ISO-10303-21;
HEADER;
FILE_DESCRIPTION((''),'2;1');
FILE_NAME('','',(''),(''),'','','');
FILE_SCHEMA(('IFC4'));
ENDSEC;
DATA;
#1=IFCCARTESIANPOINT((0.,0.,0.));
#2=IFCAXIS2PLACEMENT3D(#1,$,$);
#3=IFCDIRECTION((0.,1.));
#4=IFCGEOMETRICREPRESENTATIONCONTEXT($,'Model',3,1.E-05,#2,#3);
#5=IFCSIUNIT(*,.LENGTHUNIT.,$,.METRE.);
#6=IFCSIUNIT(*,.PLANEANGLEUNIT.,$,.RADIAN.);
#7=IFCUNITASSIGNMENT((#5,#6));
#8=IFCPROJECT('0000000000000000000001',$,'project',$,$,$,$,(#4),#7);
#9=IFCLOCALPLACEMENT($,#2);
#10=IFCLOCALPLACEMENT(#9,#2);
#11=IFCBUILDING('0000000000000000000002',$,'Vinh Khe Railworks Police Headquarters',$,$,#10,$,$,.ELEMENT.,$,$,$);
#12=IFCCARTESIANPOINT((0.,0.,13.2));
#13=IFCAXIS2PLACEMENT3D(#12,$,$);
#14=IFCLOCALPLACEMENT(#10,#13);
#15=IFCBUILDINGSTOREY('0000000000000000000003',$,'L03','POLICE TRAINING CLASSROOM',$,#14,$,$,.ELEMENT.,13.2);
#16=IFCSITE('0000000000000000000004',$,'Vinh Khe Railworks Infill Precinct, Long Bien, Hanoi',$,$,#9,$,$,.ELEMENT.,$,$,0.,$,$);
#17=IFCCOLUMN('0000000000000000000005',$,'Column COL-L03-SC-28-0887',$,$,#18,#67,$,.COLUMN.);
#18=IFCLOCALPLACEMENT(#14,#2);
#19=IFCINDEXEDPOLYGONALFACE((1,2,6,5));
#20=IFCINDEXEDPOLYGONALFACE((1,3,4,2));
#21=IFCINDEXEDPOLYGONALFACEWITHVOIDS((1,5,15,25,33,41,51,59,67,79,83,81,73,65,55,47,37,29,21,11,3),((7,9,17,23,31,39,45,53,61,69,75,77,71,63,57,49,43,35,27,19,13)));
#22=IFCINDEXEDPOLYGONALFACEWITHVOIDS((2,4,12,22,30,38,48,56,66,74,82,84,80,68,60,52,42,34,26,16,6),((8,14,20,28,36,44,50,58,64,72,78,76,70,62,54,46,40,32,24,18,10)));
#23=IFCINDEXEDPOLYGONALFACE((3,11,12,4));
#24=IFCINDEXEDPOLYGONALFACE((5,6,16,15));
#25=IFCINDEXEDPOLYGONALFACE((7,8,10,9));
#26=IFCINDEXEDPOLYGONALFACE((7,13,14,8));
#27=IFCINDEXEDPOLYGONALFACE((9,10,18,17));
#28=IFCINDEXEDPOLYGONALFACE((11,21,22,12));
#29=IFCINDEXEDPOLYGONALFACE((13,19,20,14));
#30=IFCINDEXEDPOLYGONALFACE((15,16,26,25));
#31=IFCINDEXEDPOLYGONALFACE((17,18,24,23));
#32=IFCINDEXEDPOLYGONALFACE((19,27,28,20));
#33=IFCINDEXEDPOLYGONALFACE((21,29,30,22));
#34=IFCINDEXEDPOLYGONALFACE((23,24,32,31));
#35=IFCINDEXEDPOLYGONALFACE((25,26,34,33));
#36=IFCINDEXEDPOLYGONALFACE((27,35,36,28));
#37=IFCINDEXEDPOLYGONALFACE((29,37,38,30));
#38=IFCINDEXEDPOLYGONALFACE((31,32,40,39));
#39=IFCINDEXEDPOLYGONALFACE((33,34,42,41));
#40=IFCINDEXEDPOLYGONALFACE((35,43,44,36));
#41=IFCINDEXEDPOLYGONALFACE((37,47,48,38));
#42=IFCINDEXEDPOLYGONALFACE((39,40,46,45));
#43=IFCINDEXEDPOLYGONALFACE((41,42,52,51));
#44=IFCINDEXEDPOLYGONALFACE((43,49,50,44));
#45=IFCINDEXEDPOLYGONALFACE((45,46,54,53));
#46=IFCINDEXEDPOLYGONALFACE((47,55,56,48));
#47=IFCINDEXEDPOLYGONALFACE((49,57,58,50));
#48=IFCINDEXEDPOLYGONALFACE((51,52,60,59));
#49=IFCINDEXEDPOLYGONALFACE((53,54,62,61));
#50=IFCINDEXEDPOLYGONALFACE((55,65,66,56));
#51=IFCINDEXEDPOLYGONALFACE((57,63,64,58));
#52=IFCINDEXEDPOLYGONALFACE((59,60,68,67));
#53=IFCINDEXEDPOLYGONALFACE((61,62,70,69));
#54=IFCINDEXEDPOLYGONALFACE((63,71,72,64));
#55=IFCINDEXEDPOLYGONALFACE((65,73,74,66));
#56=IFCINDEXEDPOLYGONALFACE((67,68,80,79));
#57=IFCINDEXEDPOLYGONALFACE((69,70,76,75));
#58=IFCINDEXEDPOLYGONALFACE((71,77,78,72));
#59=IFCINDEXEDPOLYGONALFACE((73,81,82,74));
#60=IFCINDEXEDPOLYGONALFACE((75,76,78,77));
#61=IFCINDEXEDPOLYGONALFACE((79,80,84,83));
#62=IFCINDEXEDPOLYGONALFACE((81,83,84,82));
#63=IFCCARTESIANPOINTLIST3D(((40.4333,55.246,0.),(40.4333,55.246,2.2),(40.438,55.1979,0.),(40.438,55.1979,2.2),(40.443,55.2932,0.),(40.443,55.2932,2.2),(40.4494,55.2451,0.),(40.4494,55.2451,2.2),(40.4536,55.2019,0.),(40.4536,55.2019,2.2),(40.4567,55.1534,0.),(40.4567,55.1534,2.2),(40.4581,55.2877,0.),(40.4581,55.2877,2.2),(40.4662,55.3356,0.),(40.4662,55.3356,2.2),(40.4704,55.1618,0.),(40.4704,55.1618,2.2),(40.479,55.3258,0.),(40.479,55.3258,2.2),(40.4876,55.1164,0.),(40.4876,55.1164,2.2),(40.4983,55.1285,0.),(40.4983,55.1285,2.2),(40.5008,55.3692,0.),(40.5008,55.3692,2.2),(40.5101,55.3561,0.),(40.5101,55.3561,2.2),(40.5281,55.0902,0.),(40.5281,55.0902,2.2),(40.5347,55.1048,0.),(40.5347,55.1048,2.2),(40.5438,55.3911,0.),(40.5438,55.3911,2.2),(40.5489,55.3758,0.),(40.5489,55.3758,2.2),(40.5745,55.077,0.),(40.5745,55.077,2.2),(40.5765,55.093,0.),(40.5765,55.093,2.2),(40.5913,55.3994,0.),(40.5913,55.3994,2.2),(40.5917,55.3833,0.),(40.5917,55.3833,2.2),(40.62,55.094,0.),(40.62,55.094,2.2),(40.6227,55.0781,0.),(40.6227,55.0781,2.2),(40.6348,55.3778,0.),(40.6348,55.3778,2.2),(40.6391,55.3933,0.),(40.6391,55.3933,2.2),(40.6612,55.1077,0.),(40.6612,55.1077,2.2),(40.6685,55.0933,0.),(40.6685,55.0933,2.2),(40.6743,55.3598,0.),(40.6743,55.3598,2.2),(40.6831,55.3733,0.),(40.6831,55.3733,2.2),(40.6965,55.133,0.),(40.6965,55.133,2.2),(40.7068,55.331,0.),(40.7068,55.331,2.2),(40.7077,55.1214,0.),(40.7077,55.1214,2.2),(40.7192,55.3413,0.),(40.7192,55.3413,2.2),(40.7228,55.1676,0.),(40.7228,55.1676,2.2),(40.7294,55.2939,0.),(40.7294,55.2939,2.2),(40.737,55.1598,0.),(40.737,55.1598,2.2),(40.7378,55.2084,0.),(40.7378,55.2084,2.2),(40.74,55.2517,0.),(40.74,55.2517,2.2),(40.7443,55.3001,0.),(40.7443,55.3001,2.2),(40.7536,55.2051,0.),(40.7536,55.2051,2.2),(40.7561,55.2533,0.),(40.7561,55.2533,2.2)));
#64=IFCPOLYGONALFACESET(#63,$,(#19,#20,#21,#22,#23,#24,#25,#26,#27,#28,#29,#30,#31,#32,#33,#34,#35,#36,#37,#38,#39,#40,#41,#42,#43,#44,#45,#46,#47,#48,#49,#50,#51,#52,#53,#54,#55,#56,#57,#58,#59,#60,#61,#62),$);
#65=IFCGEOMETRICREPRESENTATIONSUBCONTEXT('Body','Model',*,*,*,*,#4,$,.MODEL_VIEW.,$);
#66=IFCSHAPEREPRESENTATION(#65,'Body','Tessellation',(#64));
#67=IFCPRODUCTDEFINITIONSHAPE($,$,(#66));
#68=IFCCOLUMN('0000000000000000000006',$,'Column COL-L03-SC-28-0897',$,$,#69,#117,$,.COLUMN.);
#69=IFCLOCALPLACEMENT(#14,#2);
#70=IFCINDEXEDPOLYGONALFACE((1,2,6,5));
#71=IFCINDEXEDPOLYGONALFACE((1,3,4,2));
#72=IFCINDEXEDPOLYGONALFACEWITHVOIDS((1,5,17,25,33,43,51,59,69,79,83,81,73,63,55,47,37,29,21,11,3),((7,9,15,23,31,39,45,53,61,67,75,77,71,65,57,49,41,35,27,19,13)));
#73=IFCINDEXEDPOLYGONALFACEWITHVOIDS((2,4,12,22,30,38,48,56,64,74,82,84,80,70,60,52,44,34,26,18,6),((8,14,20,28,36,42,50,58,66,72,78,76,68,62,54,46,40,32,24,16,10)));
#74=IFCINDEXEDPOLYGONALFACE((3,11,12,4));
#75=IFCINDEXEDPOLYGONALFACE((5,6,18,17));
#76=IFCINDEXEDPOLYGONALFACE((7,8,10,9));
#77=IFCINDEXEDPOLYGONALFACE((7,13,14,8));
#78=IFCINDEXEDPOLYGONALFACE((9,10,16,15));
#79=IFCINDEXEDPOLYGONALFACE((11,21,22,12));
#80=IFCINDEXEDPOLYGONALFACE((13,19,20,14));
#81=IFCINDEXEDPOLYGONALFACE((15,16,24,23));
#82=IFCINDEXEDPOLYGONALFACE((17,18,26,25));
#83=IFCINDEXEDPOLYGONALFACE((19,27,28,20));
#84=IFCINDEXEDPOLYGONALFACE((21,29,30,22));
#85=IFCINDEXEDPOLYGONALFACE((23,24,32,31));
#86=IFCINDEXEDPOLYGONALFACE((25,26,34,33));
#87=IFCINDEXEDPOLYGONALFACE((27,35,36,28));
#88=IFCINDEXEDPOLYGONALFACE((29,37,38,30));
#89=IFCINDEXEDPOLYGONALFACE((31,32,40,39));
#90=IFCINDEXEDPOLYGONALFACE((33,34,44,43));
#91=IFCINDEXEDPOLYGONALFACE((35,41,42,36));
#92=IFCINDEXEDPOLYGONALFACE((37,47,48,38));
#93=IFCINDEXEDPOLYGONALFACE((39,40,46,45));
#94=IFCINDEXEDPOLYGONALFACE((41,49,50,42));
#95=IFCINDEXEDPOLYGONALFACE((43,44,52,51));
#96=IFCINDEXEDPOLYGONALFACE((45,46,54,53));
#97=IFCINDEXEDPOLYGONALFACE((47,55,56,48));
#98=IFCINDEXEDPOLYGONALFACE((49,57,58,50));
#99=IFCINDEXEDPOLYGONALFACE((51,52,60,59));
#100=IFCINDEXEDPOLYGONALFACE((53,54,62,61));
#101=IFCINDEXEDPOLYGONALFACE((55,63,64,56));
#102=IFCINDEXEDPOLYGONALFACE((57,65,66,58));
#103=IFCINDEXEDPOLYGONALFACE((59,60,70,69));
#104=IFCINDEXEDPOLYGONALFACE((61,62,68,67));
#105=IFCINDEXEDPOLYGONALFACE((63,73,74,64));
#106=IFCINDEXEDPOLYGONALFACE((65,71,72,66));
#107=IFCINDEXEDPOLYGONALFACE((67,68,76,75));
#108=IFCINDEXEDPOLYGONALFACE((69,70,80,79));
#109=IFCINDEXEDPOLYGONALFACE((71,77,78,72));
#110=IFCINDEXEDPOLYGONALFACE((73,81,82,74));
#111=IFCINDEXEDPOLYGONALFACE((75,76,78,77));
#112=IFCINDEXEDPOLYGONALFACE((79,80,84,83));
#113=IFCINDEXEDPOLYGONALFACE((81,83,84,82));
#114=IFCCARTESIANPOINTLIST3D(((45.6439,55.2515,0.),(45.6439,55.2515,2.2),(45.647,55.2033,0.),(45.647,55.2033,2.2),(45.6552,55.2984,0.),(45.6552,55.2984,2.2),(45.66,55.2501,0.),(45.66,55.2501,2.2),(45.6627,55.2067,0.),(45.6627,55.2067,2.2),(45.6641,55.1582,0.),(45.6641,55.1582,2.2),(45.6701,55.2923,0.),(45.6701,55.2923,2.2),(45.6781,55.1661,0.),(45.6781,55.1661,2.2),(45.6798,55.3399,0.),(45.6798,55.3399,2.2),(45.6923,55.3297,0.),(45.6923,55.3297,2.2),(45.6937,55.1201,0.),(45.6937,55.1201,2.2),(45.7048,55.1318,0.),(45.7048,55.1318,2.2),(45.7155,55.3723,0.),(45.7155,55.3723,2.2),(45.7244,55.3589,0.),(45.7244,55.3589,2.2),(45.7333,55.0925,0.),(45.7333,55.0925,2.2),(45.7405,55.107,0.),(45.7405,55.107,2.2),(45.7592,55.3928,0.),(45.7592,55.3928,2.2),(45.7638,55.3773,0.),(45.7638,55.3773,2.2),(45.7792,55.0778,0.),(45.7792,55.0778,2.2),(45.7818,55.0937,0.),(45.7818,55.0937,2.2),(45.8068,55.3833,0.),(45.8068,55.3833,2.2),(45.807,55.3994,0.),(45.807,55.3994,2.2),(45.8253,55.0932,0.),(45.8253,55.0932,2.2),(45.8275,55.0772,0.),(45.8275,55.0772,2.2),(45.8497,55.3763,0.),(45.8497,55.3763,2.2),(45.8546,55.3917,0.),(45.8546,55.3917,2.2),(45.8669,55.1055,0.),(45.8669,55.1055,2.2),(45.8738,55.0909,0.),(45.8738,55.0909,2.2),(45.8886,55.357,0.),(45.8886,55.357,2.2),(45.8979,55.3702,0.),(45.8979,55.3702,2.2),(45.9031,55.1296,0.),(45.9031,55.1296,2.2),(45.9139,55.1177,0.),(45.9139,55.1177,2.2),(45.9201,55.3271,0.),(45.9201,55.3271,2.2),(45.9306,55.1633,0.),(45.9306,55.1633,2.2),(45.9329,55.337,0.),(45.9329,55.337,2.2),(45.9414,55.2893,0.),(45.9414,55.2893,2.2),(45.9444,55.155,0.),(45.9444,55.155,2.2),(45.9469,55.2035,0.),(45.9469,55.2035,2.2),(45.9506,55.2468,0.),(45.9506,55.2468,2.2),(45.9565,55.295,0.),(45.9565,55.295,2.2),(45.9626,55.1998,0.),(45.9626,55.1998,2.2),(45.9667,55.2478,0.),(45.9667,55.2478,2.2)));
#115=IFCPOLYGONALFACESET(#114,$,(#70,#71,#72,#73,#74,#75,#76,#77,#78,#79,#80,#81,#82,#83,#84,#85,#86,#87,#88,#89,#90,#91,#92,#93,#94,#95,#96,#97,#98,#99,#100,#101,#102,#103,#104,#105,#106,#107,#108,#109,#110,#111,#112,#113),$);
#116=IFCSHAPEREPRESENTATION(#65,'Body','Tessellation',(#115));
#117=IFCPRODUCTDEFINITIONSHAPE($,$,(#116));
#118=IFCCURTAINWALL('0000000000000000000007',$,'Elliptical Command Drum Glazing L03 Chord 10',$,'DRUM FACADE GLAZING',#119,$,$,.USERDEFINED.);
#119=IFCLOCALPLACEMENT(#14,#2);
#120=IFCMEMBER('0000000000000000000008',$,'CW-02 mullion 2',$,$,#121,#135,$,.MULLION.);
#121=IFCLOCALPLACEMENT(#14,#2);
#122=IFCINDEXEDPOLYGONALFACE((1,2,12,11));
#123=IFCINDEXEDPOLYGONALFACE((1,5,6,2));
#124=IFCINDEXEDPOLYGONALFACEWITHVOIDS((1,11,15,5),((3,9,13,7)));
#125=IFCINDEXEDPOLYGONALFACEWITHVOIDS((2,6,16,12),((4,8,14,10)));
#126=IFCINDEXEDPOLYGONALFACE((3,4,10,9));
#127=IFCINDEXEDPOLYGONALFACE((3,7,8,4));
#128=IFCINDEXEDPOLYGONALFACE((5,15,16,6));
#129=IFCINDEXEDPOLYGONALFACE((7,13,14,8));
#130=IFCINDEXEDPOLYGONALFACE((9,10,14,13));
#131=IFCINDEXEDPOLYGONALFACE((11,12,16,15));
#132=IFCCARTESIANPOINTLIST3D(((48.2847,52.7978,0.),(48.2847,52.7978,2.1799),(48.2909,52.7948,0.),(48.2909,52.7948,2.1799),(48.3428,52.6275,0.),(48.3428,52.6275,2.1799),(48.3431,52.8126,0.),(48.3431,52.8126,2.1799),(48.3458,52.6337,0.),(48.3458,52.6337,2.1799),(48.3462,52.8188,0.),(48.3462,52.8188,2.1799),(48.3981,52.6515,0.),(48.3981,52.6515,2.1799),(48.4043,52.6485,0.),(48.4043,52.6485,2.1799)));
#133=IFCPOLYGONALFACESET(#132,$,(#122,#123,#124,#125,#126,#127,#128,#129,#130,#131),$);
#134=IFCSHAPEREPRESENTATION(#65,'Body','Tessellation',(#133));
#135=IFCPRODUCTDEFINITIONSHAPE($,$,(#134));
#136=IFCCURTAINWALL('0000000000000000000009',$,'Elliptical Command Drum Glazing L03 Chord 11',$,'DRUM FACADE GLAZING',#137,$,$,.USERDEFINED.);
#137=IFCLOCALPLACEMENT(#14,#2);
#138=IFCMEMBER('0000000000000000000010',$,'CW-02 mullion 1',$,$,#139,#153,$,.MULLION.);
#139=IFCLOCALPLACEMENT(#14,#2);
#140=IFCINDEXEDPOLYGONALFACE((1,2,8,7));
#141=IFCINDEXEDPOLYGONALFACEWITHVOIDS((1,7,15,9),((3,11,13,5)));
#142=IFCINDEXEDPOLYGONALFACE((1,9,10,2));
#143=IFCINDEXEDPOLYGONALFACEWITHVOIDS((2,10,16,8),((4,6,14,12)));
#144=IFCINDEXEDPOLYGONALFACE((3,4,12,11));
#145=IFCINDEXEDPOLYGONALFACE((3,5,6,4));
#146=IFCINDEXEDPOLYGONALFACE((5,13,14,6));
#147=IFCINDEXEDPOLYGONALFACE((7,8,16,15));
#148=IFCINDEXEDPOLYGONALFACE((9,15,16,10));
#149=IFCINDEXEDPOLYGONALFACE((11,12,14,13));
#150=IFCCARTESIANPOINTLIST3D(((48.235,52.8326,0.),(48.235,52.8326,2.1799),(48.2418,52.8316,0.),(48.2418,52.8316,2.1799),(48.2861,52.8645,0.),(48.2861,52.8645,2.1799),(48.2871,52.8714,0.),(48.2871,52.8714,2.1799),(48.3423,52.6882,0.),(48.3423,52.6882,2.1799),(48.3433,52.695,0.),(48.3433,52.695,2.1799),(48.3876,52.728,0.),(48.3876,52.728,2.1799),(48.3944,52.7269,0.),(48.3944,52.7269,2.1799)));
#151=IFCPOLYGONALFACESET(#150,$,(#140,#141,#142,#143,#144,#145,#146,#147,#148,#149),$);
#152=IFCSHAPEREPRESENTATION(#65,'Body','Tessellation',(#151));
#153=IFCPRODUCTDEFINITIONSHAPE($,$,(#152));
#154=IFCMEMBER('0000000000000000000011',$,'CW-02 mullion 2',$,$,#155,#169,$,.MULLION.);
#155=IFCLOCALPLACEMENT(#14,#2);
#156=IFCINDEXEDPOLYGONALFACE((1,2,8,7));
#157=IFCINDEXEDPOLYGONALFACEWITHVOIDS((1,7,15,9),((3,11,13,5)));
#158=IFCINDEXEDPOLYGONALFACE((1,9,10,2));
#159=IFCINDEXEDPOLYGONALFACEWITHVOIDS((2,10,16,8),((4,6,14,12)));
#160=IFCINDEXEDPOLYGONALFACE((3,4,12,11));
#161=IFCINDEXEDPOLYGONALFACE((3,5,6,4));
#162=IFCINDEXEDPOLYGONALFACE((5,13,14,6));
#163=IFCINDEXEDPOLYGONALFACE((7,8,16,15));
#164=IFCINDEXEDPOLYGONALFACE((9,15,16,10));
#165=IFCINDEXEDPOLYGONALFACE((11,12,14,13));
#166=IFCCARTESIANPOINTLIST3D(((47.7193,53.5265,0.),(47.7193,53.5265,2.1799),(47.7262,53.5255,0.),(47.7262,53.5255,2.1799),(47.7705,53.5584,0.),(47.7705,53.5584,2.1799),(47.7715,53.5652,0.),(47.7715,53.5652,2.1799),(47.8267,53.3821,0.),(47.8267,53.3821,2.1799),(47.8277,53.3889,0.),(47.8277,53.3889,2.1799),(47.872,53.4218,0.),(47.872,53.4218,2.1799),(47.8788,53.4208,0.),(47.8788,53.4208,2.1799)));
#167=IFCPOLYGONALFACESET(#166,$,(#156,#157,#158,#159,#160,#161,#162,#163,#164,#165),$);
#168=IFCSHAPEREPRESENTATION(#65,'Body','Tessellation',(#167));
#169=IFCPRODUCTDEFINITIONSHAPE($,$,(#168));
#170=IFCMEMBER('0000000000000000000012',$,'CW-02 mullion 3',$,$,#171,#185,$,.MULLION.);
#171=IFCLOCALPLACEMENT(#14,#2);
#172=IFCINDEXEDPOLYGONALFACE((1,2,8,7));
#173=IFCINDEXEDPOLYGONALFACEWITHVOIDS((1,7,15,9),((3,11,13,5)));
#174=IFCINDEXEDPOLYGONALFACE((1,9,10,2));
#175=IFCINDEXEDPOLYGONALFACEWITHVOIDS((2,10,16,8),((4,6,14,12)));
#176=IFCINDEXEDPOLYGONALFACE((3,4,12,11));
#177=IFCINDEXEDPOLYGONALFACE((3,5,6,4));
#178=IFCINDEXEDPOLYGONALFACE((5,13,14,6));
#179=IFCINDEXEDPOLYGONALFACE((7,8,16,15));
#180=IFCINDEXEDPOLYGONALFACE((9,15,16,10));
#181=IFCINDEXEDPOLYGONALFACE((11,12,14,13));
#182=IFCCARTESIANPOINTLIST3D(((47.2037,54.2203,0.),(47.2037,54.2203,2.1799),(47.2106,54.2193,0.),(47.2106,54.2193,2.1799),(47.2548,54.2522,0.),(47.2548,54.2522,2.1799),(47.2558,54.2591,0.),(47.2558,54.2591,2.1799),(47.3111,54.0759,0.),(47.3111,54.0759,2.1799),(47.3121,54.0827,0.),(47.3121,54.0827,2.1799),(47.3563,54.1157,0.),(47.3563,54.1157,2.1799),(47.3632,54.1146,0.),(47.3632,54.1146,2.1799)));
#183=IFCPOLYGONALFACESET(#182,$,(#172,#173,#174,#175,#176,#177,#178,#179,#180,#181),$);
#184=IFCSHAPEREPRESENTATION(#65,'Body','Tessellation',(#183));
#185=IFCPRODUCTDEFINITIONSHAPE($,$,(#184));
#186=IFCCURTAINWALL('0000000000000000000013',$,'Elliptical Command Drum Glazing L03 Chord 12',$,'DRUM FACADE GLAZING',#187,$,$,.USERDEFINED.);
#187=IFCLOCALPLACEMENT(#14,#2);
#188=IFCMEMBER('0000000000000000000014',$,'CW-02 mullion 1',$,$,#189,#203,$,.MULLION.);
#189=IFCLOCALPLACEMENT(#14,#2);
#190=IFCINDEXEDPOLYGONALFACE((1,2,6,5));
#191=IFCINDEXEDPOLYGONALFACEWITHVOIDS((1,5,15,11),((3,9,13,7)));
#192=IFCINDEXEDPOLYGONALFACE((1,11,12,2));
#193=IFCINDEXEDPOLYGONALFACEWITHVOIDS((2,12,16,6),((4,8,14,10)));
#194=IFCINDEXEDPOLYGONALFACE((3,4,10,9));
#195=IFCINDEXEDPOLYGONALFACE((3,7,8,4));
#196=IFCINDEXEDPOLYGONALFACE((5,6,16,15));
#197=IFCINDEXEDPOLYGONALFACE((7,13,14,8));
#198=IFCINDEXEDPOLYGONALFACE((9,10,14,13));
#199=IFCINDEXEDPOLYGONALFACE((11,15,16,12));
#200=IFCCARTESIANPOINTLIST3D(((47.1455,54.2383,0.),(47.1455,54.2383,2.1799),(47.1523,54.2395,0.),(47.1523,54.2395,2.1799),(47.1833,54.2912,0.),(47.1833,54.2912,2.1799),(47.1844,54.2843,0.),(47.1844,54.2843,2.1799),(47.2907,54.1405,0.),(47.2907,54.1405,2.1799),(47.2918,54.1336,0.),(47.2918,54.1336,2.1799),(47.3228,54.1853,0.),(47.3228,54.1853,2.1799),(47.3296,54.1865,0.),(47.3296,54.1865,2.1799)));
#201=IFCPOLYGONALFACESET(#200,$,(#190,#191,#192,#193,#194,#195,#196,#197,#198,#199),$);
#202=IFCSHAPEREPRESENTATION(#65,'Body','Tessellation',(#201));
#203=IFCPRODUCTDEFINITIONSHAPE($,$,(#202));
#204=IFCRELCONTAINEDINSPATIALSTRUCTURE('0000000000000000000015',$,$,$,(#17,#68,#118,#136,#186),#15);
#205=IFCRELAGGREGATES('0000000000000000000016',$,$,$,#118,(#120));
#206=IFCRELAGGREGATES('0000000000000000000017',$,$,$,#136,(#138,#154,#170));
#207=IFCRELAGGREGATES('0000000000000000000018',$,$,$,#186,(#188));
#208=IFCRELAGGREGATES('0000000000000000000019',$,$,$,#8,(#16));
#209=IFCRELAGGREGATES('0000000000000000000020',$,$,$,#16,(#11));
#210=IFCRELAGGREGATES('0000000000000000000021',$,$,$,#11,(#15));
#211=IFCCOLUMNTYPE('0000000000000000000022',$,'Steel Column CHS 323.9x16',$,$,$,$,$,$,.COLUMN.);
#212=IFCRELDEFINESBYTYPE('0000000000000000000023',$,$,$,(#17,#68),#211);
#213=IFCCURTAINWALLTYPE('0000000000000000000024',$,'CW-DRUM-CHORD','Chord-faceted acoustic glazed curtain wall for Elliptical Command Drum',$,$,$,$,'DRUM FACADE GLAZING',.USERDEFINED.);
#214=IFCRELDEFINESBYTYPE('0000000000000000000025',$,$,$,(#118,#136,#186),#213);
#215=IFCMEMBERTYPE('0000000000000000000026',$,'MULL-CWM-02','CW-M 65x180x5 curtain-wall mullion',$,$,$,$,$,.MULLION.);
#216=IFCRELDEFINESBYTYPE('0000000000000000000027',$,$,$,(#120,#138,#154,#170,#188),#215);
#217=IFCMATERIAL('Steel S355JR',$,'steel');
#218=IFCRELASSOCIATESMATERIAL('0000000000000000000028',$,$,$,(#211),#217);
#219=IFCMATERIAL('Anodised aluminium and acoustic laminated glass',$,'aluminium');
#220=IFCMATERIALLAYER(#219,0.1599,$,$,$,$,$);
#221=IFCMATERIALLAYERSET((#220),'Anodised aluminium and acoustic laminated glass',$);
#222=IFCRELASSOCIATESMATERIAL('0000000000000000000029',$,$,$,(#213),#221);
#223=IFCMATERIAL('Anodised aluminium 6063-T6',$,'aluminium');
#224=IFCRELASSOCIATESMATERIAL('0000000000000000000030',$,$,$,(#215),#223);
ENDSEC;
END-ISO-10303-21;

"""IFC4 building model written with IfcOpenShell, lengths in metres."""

from ifc_helpers import new_model, si_unit, direction, frame, origin, origin_2d, place, context, subcontext, project, spatial, hollow_rectangle, hollow_circle, extrude, material, layer, layer_set, material_profile, profile_set, type_object, element, aggregate, save


model = new_model("IFC4")

# Units and contexts
model_context = context("Model", 3, precision=1e-05, world=origin(), true_north=direction((0.0, 1.0)))
body_context = subcontext(model_context, "Body", "Model", "MODEL_VIEW")
ifc_project = project(units=[si_unit("LENGTHUNIT", "METRE"), si_unit("PLANEANGLEUNIT", "RADIAN")], contexts=[model_context])

# Site, building, storey
site_placement = place(None, origin())
site = spatial("IfcSite", under=ifc_project, at=site_placement, Name="Vinh Khe Railworks Infill Precinct, Long Bien, Hanoi", CompositionType="ELEMENT", RefElevation=0.0)
building_placement = place(site_placement, origin())
building = spatial("IfcBuilding", under=site, at=building_placement, Name="Vinh Khe Railworks Police Headquarters", CompositionType="ELEMENT")
storey_placement = place(building_placement, frame((0.0, 0.0, 13.2)))
storey = spatial("IfcBuildingStorey", under=building, at=storey_placement, Name="L03", Description="POLICE TRAINING CLASSROOM", CompositionType="ELEMENT", Elevation=13.2)

# Columns
ifc_material_1 = material(Name="Steel S355JR", Category="steel")
ifc_material_profile_1 = material_profile(ifc_material_1, hollow_circle(Radius=0.1619, WallThickness=0.0161, at=origin_2d()), Name="CHS 323.9x16")
ifc_profile_set_1 = profile_set([ifc_material_profile_1], Name="Steel S355JR")
column_type = type_object("IfcColumnType", Name="Steel Column CHS 323.9x16", PredefinedType="COLUMN", material=ifc_profile_set_1)
for number, where, z_axis, x_axis, name in (
    (1, (40.595, 55.2375, 0.0), (0.0, 0.0, 1.0), (-0.581981, 0.813202, 0.0), "Column COL-L03-SC-28-0887"),
    (2, (45.8052, 55.2375, 0.0), (0.0, 0.0, 1.0), (0.305529, 0.952183, 0.0), "Column COL-L03-SC-28-0897"),
):
    element("IfcColumn", number, at=place(storey_placement, frame(where, z_axis=z_axis, x_axis=x_axis)), inside=storey, type_object=column_type, Name=name, PredefinedType="COLUMN", context=body_context, shape_type="SweptSolid", body=[
        extrude(hollow_circle(Radius=0.1619, WallThickness=0.0161, at=origin_2d()), origin(), (0.0, 0.0, 1.0), 2.2),
    ])

# Curtain wall, member
ifc_material_2 = material(Name="Anodised aluminium and acoustic laminated glass", Category="aluminium")
ifc_layer_1 = layer(ifc_material_2, 0.1599)
ifc_layer_set_1 = layer_set([ifc_layer_1], Name="Anodised aluminium and acoustic laminated glass")
curtain_wall_type = type_object("IfcCurtainWallType", Name="CW-DRUM-CHORD", Description="Chord-faceted acoustic glazed curtain wall for Elliptical Command Drum", ElementType="DRUM FACADE GLAZING", PredefinedType="USERDEFINED", material=ifc_layer_set_1)
curtain_wall_1_placement = place(storey_placement, origin())
curtain_wall_1 = element("IfcCurtainWall", 3, at=curtain_wall_1_placement, inside=storey, type_object=curtain_wall_type, Name="Elliptical Command Drum Glazing L03 Chord 10", ObjectType="DRUM FACADE GLAZING", PredefinedType="USERDEFINED")
ifc_material_3 = material(Name="Anodised aluminium 6063-T6", Category="aluminium")
ifc_material_profile_2 = material_profile(ifc_material_3, hollow_rectangle(XDim=0.0649, YDim=0.1799, WallThickness=0.0049, at=origin_2d()), Name="CW-M 65x180x5")
ifc_profile_set_2 = profile_set([ifc_material_profile_2], Name="Anodised aluminium 6063-T6")
member_type_1 = type_object("IfcMemberType", Name="MULL-CWM-02", Description="CW-M 65x180x5 curtain-wall mullion", PredefinedType="MULLION", material=ifc_profile_set_2)
member_1_placement = place(storey_placement, frame((48.3445, 52.7231, 0.0), z_axis=(0.0, 0.0, 1.0), x_axis=(-0.946485, -0.322749, 0.0)))
member_1 = element("IfcMember", 4, at=member_1_placement, type_object=member_type_1, Name="CW-02 mullion 2", PredefinedType="MULLION", context=body_context, shape_type="SweptSolid", body=[
    extrude(hollow_rectangle(XDim=0.0649, YDim=0.1799, WallThickness=0.0049, at=origin_2d()), origin(), (0.0, 0.0, 1.0), 2.1799),
])
aggregate(curtain_wall_1, [member_1])

# Curtain walls, members
curtain_wall_2_placement = place(storey_placement, origin())
curtain_wall_2 = element("IfcCurtainWall", 5, at=curtain_wall_2_placement, inside=storey, type_object=curtain_wall_type, Name="Elliptical Command Drum Glazing L03 Chord 11", ObjectType="DRUM FACADE GLAZING", PredefinedType="USERDEFINED")
member_2_placement = place(storey_placement, frame((48.3147, 52.7798, 0.0), z_axis=(0.0, 0.0, 1.0), x_axis=(-0.802592, -0.596528, 0.0)))
member_2 = element("IfcMember", 6, at=member_2_placement, type_object=member_type_1, Name="CW-02 mullion 1", PredefinedType="MULLION", context=body_context, shape_type="SweptSolid", body=[
    extrude(hollow_rectangle(XDim=0.0649, YDim=0.1799, WallThickness=0.0049, at=origin_2d()), origin(), (0.0, 0.0, 1.0), 2.1799),
])
member_3_placement = place(storey_placement, frame((47.7991, 53.4736, 0.0), z_axis=(0.0, 0.0, 1.0), x_axis=(-0.802592, -0.596528, 0.0)))
member_3 = element("IfcMember", 7, at=member_3_placement, type_object=member_type_1, Name="CW-02 mullion 2", PredefinedType="MULLION", context=body_context, shape_type="SweptSolid", body=[
    extrude(hollow_rectangle(XDim=0.0649, YDim=0.1799, WallThickness=0.0049, at=origin_2d()), origin(), (0.0, 0.0, 1.0), 2.1799),
])
member_4_placement = place(storey_placement, frame((47.2834, 54.1675, 0.0), z_axis=(0.0, 0.0, 1.0), x_axis=(-0.802592, -0.596528, 0.0)))
member_4 = element("IfcMember", 8, at=member_4_placement, type_object=member_type_1, Name="CW-02 mullion 3", PredefinedType="MULLION", context=body_context, shape_type="SweptSolid", body=[
    extrude(hollow_rectangle(XDim=0.0649, YDim=0.1799, WallThickness=0.0049, at=origin_2d()), origin(), (0.0, 0.0, 1.0), 2.1799),
])
curtain_wall_3_placement = place(storey_placement, origin())
curtain_wall_3 = element("IfcCurtainWall", 9, at=curtain_wall_3_placement, inside=storey, type_object=curtain_wall_type, Name="Elliptical Command Drum Glazing L03 Chord 12", ObjectType="DRUM FACADE GLAZING", PredefinedType="USERDEFINED")
member_5_placement = place(storey_placement, frame((47.2375, 54.2124, 0.0), z_axis=(0.0, 0.0, 1.0), x_axis=(-0.581914, -0.81325, 0.0)))
member_5 = element("IfcMember", 10, at=member_5_placement, type_object=member_type_1, Name="CW-02 mullion 1", PredefinedType="MULLION", context=body_context, shape_type="SweptSolid", body=[
    extrude(hollow_rectangle(XDim=0.0649, YDim=0.1799, WallThickness=0.0049, at=origin_2d()), origin(), (0.0, 0.0, 1.0), 2.1799),
])

aggregate(curtain_wall_2, [member_2, member_3, member_4])
aggregate(curtain_wall_3, [member_5])

save(model, "model.ifc")
